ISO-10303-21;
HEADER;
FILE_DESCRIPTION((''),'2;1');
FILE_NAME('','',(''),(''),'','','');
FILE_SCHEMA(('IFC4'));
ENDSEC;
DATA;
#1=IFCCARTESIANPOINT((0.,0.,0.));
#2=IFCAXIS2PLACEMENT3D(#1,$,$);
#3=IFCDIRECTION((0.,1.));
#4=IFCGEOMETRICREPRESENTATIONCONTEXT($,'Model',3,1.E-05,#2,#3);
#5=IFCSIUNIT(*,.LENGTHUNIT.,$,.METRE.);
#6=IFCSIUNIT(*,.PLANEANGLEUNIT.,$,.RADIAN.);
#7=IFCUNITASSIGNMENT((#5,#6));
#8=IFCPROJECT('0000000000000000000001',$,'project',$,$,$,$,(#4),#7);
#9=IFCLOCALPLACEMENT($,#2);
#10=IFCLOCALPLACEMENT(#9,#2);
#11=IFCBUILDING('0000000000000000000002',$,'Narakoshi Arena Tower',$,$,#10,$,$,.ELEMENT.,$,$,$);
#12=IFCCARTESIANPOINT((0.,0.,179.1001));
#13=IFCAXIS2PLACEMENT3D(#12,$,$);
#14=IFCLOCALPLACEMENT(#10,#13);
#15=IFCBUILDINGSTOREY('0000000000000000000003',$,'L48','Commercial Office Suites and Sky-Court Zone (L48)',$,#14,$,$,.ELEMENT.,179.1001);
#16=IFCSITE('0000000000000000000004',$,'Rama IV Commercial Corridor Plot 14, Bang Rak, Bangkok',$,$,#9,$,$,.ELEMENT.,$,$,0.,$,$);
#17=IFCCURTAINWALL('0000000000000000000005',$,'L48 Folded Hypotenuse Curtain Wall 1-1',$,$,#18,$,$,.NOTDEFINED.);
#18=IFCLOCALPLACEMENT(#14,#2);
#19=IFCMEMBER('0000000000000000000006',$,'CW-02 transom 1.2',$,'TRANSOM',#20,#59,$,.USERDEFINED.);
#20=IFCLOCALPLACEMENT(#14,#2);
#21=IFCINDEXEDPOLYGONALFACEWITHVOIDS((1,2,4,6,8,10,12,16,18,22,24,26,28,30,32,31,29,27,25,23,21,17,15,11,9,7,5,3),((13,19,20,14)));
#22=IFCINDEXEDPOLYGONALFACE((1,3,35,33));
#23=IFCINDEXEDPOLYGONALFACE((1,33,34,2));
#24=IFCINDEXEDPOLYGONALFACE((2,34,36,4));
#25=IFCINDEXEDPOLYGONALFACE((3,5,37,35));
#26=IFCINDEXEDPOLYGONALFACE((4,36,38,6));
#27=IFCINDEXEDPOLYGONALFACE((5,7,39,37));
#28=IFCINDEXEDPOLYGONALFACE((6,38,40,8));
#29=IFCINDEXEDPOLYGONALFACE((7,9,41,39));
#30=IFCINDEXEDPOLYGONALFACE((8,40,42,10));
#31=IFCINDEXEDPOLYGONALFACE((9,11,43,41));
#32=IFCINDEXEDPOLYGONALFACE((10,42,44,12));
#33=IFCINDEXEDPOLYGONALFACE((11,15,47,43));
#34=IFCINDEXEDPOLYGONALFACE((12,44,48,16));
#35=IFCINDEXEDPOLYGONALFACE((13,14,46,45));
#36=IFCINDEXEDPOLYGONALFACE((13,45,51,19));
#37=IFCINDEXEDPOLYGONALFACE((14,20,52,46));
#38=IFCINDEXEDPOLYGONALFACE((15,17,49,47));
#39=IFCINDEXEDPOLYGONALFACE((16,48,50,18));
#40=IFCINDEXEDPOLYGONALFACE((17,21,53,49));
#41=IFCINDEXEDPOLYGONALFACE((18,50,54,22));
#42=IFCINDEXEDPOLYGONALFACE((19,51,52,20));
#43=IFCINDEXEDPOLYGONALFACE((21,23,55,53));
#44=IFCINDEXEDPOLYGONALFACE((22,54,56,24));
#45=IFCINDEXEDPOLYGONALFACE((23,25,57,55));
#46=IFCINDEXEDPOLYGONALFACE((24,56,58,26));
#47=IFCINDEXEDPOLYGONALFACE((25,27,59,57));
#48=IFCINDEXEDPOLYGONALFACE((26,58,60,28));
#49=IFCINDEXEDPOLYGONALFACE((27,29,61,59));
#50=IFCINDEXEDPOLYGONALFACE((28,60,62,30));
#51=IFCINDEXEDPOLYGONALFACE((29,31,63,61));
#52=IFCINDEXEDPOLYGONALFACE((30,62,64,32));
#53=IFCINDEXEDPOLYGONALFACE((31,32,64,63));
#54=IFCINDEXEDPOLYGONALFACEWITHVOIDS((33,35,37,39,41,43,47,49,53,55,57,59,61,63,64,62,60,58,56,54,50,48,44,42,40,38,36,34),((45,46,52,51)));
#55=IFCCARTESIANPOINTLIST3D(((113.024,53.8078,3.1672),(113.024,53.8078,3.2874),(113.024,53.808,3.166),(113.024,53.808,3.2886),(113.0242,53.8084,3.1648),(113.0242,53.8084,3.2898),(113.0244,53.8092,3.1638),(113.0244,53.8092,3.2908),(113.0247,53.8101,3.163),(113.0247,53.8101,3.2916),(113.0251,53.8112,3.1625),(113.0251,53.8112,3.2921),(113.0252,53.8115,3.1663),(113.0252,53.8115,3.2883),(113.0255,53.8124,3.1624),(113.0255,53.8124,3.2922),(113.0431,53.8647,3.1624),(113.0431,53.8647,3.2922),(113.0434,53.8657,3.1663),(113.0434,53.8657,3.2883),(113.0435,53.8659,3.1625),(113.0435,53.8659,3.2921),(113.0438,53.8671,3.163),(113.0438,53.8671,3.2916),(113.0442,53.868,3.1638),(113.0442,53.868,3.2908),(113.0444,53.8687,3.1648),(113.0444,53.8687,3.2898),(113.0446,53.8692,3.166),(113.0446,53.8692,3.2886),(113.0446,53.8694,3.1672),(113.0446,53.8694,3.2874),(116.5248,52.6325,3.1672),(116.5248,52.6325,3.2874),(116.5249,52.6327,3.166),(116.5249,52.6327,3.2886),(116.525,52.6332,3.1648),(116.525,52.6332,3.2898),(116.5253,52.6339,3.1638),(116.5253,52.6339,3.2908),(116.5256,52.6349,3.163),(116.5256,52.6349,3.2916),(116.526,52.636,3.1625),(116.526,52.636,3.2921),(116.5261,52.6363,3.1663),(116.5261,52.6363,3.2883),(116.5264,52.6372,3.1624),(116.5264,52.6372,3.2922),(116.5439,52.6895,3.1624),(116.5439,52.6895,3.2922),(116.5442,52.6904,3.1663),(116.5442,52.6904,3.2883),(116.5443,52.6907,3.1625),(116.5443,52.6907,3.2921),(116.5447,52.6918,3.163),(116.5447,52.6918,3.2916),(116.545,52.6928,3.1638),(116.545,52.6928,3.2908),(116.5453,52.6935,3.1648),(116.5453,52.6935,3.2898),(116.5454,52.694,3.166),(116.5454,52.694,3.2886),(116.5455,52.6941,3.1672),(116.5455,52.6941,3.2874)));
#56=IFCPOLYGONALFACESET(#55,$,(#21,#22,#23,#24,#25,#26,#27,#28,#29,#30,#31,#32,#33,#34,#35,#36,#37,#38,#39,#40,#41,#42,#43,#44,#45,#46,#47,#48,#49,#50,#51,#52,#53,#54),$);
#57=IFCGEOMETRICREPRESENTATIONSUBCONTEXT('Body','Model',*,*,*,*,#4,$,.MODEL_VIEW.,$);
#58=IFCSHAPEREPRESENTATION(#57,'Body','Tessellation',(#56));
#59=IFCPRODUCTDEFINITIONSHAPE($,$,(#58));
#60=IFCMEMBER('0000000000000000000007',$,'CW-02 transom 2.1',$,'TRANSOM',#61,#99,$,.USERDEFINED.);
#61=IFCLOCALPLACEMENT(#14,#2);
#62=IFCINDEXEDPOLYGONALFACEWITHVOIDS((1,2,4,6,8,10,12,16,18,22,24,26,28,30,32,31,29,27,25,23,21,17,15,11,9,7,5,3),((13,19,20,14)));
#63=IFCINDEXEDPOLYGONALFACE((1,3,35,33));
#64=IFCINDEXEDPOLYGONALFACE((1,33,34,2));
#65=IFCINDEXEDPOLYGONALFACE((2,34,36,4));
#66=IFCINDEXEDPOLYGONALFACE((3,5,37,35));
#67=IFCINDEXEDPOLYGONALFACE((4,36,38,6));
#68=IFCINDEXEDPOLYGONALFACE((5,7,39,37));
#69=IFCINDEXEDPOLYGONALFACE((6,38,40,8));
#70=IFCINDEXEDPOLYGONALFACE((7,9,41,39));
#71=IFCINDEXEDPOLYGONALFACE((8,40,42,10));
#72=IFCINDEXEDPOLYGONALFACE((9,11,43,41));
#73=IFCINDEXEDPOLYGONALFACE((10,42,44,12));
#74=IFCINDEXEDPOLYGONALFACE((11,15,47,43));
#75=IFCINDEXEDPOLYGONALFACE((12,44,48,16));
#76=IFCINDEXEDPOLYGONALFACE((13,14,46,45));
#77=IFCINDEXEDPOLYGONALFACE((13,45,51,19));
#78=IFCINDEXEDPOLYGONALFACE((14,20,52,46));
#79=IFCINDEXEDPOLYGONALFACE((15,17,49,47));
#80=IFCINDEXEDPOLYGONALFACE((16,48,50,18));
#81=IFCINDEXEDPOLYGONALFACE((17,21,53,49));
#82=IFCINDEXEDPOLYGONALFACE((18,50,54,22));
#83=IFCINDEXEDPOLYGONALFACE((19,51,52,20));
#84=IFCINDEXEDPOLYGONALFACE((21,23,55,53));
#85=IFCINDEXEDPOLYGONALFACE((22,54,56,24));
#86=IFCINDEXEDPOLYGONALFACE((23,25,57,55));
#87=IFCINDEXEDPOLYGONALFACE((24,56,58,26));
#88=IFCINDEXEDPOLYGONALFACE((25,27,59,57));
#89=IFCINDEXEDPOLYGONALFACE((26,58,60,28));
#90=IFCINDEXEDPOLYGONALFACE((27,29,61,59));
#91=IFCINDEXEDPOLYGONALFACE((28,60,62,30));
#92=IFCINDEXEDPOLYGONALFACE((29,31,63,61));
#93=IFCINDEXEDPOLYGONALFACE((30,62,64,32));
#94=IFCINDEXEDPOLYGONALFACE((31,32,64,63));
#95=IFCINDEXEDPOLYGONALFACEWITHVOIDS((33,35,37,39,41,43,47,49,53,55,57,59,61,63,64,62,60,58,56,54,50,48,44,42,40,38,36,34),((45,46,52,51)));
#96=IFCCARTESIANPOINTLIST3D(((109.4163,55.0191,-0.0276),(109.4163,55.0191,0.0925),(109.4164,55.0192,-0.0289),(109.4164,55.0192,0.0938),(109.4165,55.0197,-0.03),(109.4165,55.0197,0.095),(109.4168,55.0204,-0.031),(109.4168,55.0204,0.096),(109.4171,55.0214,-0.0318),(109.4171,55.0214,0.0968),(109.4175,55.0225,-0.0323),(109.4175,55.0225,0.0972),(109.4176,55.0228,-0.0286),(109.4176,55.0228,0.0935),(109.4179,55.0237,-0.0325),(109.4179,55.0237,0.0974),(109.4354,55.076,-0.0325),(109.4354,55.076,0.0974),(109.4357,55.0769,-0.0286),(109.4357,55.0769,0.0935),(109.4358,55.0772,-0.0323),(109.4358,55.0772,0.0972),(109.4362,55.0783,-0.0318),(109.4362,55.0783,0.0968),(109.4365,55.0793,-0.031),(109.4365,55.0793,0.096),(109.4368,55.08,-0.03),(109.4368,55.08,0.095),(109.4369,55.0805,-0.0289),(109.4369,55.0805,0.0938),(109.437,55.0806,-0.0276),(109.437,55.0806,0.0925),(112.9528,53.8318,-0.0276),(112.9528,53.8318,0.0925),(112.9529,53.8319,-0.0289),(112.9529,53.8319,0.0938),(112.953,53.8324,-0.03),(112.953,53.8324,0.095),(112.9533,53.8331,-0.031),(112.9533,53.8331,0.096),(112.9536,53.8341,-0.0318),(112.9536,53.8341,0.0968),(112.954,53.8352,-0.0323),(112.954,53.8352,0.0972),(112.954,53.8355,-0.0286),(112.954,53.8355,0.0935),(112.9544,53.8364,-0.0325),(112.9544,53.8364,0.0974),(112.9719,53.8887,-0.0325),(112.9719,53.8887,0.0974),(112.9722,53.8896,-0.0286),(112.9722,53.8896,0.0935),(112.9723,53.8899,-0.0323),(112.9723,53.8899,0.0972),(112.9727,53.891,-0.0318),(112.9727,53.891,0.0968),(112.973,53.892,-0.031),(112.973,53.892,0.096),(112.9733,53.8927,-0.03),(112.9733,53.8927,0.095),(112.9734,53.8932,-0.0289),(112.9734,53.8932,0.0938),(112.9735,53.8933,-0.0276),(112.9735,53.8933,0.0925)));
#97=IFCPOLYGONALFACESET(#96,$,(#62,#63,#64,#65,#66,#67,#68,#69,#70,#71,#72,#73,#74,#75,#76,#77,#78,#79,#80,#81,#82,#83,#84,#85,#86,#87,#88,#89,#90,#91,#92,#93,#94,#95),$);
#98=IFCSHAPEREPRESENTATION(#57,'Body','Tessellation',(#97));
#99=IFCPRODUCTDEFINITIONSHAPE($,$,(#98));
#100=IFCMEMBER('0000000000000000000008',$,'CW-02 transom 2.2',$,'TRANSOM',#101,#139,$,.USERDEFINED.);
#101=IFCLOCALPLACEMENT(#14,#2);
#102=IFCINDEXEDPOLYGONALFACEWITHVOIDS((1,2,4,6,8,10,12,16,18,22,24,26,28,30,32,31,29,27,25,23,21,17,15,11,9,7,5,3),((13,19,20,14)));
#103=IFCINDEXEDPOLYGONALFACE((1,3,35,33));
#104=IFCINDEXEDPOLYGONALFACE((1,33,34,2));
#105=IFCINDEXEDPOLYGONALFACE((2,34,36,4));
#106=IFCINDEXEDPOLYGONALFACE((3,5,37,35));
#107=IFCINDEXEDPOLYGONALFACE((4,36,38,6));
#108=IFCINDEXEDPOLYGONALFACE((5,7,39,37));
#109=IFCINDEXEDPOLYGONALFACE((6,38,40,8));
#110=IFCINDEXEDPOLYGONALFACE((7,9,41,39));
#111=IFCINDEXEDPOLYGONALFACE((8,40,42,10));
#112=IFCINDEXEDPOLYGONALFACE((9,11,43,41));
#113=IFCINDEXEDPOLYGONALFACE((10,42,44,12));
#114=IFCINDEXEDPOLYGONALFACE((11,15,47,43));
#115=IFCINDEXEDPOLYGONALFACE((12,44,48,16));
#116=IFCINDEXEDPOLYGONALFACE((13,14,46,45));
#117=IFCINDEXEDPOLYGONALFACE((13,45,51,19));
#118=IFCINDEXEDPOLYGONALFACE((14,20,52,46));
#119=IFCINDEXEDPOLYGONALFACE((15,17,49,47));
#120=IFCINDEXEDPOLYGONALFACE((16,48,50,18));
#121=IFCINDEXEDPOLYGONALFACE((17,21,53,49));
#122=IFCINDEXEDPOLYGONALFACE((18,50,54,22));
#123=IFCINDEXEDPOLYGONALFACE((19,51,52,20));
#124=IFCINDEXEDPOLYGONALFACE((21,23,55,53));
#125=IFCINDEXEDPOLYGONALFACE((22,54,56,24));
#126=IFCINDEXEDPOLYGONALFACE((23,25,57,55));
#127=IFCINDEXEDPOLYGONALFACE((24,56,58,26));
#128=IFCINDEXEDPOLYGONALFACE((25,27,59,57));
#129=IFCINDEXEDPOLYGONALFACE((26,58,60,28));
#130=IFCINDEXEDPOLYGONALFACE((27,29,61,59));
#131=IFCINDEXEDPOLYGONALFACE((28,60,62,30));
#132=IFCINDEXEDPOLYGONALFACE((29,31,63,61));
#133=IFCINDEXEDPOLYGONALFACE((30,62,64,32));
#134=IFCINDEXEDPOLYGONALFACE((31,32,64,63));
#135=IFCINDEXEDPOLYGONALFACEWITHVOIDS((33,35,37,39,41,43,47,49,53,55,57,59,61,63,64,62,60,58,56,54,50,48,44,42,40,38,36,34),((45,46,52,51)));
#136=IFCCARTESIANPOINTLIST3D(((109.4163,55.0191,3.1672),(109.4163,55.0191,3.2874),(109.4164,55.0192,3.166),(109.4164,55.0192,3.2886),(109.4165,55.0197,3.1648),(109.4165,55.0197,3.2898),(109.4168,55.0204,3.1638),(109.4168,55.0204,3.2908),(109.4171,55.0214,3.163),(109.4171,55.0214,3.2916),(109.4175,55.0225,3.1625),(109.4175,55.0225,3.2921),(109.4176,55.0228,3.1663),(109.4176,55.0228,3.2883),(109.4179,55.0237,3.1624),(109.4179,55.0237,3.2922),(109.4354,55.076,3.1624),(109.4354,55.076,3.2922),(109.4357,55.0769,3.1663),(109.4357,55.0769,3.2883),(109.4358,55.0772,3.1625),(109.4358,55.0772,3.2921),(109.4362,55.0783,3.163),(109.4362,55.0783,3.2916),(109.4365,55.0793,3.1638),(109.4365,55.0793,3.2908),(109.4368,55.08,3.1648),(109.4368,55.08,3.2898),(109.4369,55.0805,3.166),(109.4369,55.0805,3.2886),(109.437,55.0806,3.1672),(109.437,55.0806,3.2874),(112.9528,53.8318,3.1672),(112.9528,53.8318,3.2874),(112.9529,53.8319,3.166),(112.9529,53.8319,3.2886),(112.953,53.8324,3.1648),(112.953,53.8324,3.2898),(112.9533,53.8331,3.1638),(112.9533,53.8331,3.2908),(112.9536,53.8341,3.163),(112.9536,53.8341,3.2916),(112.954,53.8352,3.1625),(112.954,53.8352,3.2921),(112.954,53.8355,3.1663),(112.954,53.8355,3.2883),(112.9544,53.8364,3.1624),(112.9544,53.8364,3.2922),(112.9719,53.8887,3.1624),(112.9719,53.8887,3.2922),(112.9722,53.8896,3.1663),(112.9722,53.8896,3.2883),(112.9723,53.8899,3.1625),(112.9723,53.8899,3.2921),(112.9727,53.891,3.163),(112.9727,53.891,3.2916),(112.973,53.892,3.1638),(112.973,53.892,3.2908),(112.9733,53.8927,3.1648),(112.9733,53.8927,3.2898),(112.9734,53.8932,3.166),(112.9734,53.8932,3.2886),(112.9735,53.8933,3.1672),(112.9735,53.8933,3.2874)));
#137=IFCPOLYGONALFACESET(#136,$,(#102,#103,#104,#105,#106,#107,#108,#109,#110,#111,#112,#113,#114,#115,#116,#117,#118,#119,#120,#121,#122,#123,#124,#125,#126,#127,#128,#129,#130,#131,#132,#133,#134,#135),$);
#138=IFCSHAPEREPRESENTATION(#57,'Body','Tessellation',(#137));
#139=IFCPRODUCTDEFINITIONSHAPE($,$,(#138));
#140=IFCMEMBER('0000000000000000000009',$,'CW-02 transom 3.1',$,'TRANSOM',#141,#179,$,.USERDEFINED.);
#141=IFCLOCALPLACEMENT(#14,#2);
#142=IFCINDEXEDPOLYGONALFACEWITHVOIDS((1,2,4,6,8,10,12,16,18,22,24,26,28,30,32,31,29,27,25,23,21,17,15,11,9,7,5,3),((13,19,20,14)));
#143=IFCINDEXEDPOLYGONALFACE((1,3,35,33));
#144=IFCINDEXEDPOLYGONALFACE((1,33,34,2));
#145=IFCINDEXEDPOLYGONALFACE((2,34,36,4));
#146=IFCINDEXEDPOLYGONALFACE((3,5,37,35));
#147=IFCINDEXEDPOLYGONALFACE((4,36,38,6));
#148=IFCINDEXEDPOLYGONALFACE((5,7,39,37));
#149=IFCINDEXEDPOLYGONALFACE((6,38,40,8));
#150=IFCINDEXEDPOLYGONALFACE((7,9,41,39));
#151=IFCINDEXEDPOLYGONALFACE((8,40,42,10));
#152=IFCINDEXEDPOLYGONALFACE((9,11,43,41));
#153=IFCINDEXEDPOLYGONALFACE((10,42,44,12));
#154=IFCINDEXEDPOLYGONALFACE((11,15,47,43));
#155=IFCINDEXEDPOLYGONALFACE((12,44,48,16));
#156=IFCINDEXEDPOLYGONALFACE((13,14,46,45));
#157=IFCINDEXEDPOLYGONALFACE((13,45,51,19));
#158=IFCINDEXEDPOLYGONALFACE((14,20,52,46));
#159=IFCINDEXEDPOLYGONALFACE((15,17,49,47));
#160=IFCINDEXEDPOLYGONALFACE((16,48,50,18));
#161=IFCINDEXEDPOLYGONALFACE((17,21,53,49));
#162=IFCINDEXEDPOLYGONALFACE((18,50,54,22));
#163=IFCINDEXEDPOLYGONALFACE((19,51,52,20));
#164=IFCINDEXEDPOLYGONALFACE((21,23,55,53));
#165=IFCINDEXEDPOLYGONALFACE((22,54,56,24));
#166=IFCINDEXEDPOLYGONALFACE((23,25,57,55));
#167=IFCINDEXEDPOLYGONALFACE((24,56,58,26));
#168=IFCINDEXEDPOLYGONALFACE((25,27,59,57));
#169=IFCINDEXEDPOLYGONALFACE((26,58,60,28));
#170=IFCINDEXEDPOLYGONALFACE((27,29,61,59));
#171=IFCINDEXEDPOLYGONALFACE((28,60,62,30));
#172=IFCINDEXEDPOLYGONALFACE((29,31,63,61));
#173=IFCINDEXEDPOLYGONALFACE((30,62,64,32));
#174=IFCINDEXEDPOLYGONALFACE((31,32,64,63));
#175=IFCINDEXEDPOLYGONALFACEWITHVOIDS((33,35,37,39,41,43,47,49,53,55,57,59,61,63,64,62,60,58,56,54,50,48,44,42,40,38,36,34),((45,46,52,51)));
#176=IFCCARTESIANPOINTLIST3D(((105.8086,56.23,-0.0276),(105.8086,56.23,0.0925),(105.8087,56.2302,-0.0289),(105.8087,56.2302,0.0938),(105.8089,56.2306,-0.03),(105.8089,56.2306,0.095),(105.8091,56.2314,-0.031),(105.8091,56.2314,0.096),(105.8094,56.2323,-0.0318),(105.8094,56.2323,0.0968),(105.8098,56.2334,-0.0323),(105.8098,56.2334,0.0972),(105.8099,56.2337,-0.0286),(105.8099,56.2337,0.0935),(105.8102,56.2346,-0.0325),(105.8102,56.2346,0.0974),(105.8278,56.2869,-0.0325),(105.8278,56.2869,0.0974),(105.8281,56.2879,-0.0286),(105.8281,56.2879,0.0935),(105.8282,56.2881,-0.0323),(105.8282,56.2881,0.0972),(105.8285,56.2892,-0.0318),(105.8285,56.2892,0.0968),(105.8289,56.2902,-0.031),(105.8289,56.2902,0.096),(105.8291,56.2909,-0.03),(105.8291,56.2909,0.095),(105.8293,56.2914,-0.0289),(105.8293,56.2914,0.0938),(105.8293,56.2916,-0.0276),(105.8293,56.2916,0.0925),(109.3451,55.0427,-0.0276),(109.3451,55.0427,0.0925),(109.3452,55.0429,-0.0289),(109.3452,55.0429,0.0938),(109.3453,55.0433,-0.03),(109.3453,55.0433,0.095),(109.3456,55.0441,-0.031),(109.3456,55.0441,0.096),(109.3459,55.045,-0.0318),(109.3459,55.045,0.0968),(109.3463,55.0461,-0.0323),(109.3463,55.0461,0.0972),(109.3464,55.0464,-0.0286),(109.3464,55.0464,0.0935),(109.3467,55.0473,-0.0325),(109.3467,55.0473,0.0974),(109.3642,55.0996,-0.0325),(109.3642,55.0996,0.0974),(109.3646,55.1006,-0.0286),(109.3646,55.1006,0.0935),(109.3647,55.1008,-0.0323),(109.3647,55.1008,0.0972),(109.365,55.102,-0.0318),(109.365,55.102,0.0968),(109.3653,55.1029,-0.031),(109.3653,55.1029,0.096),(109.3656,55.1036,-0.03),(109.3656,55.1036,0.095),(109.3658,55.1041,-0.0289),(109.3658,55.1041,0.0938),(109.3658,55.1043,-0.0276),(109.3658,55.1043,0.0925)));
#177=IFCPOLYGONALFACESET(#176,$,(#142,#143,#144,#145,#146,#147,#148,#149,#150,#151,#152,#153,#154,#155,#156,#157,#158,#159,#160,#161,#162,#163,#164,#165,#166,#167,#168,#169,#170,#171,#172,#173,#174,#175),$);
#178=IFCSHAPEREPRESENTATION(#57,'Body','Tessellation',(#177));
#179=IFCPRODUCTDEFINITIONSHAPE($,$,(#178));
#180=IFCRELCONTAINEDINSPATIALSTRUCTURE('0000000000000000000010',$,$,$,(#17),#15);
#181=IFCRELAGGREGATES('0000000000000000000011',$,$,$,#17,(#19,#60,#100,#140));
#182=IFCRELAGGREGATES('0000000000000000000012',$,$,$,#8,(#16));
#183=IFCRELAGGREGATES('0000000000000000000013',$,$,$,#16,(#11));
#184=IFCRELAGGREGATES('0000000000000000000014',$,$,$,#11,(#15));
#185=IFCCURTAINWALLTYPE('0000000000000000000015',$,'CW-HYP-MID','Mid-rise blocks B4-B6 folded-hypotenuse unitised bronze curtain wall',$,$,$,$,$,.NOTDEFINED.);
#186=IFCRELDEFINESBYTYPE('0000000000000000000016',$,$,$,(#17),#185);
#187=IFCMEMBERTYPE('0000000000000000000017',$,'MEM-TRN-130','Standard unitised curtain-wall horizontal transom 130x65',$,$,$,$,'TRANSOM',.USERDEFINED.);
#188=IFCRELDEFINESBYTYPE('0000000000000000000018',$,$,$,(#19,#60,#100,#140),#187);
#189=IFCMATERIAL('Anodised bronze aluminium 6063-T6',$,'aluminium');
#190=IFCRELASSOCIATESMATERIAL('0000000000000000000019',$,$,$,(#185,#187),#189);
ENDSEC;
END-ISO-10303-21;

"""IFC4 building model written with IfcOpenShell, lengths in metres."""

from ifc_helpers import new_model, si_unit, direction, frame, origin, origin_2d, place, context, subcontext, project, spatial, hollow_rectangle, extrude, material, material_profile, profile_set, type_object, element, aggregate, save


model = new_model("IFC4")

# Units and contexts
model_context = context("Model", 3, precision=1e-05, world=origin(), true_north=direction((0.0, 1.0)))
body_context = subcontext(model_context, "Body", "Model", "MODEL_VIEW")
ifc_project = project(units=[si_unit("LENGTHUNIT", "METRE"), si_unit("PLANEANGLEUNIT", "RADIAN")], contexts=[model_context])

# Site, building, storey
site_placement = place(None, origin())
site = spatial("IfcSite", under=ifc_project, at=site_placement, Name="Rama IV Commercial Corridor Plot 14, Bang Rak, Bangkok", CompositionType="ELEMENT", RefElevation=0.0)
building_placement = place(site_placement, origin())
building = spatial("IfcBuilding", under=site, at=building_placement, Name="Narakoshi Arena Tower", CompositionType="ELEMENT")
storey_placement = place(building_placement, frame((0.0, 0.0, 179.1001)))
storey = spatial("IfcBuildingStorey", under=building, at=storey_placement, Name="L48", Description="Commercial Office Suites and Sky-Court Zone (L48)", CompositionType="ELEMENT", Elevation=179.1001)

# Curtain wall, members
ifc_material_1 = material(Name="Anodised bronze aluminium 6063-T6", Category="aluminium")
curtain_wall_type = type_object("IfcCurtainWallType", Name="CW-HYP-MID", Description="Mid-rise blocks B4-B6 folded-hypotenuse unitised bronze curtain wall", PredefinedType="NOTDEFINED", material=ifc_material_1)
curtain_wall_placement = place(storey_placement, origin())
curtain_wall = element("IfcCurtainWall", 1, at=curtain_wall_placement, inside=storey, type_object=curtain_wall_type, Name="L48 Folded Hypotenuse Curtain Wall 1-1", PredefinedType="NOTDEFINED")
ifc_material_profile_1 = material_profile(ifc_material_1, hollow_rectangle(XDim=0.0649, YDim=0.1299, WallThickness=0.0039, OuterFilletRadius=0.0049, at=origin_2d()), Name="TRN130x65x4")
ifc_profile_set_1 = profile_set([ifc_material_profile_1], Name="Anodised bronze aluminium 6063-T6")
member_type_1 = type_object("IfcMemberType", Name="MEM-TRN-130", Description="Standard unitised curtain-wall horizontal transom 130x65", ElementType="TRANSOM", PredefinedType="USERDEFINED", material=ifc_profile_set_1)
member_1_placement = place(storey_placement, frame((116.5352, 52.6633, 3.2273), z_axis=(-0.948007, 0.31825, 0.0), x_axis=(-0.31825, -0.948007, 0.0)))
member_1 = element("IfcMember", 2, at=member_1_placement, type_object=member_type_1, Name="CW-02 transom 1.2", ObjectType="TRANSOM", PredefinedType="USERDEFINED", context=body_context, shape_type="SweptSolid", body=[
    extrude(hollow_rectangle(XDim=0.0649, YDim=0.1299, WallThickness=0.0039, OuterFilletRadius=0.0049, at=origin_2d()), origin(), (0.0, 0.0, 1.0), 3.6929),
])
member_2_placement = place(storey_placement, frame((112.9631, 53.8625, 0.0325), z_axis=(-0.948, 0.318269, 0.0), x_axis=(-0.318269, -0.948, 0.0)))
member_2 = element("IfcMember", 3, at=member_2_placement, type_object=member_type_1, Name="CW-02 transom 2.1", ObjectType="TRANSOM", PredefinedType="USERDEFINED", context=body_context, shape_type="SweptSolid", body=[
    extrude(hollow_rectangle(XDim=0.0649, YDim=0.1299, WallThickness=0.0039, OuterFilletRadius=0.0049, at=origin_2d()), origin(), (0.0, 0.0, 1.0), 3.7305),
])
member_3_placement = place(storey_placement, frame((112.9631, 53.8625, 3.2273), z_axis=(-0.948, 0.318269, 0.0), x_axis=(-0.318269, -0.948, 0.0)))
member_3 = element("IfcMember", 4, at=member_3_placement, type_object=member_type_1, Name="CW-02 transom 2.2", ObjectType="TRANSOM", PredefinedType="USERDEFINED", context=body_context, shape_type="SweptSolid", body=[
    extrude(hollow_rectangle(XDim=0.0649, YDim=0.1299, WallThickness=0.0039, OuterFilletRadius=0.0049, at=origin_2d()), origin(), (0.0, 0.0, 1.0), 3.7305),
])
member_4_placement = place(storey_placement, frame((109.3555, 55.0735, 0.0325), z_axis=(-0.948, 0.318269, 0.0), x_axis=(-0.318269, -0.948, 0.0)))
member_4 = element("IfcMember", 5, at=member_4_placement, type_object=member_type_1, Name="CW-02 transom 3.1", ObjectType="TRANSOM", PredefinedType="USERDEFINED", context=body_context, shape_type="SweptSolid", body=[
    extrude(hollow_rectangle(XDim=0.0649, YDim=0.1299, WallThickness=0.0039, OuterFilletRadius=0.0049, at=origin_2d()), origin(), (0.0, 0.0, 1.0), 3.7305),
])
aggregate(curtain_wall, [member_1, member_2, member_3, member_4])

save(model, "model.ifc")
